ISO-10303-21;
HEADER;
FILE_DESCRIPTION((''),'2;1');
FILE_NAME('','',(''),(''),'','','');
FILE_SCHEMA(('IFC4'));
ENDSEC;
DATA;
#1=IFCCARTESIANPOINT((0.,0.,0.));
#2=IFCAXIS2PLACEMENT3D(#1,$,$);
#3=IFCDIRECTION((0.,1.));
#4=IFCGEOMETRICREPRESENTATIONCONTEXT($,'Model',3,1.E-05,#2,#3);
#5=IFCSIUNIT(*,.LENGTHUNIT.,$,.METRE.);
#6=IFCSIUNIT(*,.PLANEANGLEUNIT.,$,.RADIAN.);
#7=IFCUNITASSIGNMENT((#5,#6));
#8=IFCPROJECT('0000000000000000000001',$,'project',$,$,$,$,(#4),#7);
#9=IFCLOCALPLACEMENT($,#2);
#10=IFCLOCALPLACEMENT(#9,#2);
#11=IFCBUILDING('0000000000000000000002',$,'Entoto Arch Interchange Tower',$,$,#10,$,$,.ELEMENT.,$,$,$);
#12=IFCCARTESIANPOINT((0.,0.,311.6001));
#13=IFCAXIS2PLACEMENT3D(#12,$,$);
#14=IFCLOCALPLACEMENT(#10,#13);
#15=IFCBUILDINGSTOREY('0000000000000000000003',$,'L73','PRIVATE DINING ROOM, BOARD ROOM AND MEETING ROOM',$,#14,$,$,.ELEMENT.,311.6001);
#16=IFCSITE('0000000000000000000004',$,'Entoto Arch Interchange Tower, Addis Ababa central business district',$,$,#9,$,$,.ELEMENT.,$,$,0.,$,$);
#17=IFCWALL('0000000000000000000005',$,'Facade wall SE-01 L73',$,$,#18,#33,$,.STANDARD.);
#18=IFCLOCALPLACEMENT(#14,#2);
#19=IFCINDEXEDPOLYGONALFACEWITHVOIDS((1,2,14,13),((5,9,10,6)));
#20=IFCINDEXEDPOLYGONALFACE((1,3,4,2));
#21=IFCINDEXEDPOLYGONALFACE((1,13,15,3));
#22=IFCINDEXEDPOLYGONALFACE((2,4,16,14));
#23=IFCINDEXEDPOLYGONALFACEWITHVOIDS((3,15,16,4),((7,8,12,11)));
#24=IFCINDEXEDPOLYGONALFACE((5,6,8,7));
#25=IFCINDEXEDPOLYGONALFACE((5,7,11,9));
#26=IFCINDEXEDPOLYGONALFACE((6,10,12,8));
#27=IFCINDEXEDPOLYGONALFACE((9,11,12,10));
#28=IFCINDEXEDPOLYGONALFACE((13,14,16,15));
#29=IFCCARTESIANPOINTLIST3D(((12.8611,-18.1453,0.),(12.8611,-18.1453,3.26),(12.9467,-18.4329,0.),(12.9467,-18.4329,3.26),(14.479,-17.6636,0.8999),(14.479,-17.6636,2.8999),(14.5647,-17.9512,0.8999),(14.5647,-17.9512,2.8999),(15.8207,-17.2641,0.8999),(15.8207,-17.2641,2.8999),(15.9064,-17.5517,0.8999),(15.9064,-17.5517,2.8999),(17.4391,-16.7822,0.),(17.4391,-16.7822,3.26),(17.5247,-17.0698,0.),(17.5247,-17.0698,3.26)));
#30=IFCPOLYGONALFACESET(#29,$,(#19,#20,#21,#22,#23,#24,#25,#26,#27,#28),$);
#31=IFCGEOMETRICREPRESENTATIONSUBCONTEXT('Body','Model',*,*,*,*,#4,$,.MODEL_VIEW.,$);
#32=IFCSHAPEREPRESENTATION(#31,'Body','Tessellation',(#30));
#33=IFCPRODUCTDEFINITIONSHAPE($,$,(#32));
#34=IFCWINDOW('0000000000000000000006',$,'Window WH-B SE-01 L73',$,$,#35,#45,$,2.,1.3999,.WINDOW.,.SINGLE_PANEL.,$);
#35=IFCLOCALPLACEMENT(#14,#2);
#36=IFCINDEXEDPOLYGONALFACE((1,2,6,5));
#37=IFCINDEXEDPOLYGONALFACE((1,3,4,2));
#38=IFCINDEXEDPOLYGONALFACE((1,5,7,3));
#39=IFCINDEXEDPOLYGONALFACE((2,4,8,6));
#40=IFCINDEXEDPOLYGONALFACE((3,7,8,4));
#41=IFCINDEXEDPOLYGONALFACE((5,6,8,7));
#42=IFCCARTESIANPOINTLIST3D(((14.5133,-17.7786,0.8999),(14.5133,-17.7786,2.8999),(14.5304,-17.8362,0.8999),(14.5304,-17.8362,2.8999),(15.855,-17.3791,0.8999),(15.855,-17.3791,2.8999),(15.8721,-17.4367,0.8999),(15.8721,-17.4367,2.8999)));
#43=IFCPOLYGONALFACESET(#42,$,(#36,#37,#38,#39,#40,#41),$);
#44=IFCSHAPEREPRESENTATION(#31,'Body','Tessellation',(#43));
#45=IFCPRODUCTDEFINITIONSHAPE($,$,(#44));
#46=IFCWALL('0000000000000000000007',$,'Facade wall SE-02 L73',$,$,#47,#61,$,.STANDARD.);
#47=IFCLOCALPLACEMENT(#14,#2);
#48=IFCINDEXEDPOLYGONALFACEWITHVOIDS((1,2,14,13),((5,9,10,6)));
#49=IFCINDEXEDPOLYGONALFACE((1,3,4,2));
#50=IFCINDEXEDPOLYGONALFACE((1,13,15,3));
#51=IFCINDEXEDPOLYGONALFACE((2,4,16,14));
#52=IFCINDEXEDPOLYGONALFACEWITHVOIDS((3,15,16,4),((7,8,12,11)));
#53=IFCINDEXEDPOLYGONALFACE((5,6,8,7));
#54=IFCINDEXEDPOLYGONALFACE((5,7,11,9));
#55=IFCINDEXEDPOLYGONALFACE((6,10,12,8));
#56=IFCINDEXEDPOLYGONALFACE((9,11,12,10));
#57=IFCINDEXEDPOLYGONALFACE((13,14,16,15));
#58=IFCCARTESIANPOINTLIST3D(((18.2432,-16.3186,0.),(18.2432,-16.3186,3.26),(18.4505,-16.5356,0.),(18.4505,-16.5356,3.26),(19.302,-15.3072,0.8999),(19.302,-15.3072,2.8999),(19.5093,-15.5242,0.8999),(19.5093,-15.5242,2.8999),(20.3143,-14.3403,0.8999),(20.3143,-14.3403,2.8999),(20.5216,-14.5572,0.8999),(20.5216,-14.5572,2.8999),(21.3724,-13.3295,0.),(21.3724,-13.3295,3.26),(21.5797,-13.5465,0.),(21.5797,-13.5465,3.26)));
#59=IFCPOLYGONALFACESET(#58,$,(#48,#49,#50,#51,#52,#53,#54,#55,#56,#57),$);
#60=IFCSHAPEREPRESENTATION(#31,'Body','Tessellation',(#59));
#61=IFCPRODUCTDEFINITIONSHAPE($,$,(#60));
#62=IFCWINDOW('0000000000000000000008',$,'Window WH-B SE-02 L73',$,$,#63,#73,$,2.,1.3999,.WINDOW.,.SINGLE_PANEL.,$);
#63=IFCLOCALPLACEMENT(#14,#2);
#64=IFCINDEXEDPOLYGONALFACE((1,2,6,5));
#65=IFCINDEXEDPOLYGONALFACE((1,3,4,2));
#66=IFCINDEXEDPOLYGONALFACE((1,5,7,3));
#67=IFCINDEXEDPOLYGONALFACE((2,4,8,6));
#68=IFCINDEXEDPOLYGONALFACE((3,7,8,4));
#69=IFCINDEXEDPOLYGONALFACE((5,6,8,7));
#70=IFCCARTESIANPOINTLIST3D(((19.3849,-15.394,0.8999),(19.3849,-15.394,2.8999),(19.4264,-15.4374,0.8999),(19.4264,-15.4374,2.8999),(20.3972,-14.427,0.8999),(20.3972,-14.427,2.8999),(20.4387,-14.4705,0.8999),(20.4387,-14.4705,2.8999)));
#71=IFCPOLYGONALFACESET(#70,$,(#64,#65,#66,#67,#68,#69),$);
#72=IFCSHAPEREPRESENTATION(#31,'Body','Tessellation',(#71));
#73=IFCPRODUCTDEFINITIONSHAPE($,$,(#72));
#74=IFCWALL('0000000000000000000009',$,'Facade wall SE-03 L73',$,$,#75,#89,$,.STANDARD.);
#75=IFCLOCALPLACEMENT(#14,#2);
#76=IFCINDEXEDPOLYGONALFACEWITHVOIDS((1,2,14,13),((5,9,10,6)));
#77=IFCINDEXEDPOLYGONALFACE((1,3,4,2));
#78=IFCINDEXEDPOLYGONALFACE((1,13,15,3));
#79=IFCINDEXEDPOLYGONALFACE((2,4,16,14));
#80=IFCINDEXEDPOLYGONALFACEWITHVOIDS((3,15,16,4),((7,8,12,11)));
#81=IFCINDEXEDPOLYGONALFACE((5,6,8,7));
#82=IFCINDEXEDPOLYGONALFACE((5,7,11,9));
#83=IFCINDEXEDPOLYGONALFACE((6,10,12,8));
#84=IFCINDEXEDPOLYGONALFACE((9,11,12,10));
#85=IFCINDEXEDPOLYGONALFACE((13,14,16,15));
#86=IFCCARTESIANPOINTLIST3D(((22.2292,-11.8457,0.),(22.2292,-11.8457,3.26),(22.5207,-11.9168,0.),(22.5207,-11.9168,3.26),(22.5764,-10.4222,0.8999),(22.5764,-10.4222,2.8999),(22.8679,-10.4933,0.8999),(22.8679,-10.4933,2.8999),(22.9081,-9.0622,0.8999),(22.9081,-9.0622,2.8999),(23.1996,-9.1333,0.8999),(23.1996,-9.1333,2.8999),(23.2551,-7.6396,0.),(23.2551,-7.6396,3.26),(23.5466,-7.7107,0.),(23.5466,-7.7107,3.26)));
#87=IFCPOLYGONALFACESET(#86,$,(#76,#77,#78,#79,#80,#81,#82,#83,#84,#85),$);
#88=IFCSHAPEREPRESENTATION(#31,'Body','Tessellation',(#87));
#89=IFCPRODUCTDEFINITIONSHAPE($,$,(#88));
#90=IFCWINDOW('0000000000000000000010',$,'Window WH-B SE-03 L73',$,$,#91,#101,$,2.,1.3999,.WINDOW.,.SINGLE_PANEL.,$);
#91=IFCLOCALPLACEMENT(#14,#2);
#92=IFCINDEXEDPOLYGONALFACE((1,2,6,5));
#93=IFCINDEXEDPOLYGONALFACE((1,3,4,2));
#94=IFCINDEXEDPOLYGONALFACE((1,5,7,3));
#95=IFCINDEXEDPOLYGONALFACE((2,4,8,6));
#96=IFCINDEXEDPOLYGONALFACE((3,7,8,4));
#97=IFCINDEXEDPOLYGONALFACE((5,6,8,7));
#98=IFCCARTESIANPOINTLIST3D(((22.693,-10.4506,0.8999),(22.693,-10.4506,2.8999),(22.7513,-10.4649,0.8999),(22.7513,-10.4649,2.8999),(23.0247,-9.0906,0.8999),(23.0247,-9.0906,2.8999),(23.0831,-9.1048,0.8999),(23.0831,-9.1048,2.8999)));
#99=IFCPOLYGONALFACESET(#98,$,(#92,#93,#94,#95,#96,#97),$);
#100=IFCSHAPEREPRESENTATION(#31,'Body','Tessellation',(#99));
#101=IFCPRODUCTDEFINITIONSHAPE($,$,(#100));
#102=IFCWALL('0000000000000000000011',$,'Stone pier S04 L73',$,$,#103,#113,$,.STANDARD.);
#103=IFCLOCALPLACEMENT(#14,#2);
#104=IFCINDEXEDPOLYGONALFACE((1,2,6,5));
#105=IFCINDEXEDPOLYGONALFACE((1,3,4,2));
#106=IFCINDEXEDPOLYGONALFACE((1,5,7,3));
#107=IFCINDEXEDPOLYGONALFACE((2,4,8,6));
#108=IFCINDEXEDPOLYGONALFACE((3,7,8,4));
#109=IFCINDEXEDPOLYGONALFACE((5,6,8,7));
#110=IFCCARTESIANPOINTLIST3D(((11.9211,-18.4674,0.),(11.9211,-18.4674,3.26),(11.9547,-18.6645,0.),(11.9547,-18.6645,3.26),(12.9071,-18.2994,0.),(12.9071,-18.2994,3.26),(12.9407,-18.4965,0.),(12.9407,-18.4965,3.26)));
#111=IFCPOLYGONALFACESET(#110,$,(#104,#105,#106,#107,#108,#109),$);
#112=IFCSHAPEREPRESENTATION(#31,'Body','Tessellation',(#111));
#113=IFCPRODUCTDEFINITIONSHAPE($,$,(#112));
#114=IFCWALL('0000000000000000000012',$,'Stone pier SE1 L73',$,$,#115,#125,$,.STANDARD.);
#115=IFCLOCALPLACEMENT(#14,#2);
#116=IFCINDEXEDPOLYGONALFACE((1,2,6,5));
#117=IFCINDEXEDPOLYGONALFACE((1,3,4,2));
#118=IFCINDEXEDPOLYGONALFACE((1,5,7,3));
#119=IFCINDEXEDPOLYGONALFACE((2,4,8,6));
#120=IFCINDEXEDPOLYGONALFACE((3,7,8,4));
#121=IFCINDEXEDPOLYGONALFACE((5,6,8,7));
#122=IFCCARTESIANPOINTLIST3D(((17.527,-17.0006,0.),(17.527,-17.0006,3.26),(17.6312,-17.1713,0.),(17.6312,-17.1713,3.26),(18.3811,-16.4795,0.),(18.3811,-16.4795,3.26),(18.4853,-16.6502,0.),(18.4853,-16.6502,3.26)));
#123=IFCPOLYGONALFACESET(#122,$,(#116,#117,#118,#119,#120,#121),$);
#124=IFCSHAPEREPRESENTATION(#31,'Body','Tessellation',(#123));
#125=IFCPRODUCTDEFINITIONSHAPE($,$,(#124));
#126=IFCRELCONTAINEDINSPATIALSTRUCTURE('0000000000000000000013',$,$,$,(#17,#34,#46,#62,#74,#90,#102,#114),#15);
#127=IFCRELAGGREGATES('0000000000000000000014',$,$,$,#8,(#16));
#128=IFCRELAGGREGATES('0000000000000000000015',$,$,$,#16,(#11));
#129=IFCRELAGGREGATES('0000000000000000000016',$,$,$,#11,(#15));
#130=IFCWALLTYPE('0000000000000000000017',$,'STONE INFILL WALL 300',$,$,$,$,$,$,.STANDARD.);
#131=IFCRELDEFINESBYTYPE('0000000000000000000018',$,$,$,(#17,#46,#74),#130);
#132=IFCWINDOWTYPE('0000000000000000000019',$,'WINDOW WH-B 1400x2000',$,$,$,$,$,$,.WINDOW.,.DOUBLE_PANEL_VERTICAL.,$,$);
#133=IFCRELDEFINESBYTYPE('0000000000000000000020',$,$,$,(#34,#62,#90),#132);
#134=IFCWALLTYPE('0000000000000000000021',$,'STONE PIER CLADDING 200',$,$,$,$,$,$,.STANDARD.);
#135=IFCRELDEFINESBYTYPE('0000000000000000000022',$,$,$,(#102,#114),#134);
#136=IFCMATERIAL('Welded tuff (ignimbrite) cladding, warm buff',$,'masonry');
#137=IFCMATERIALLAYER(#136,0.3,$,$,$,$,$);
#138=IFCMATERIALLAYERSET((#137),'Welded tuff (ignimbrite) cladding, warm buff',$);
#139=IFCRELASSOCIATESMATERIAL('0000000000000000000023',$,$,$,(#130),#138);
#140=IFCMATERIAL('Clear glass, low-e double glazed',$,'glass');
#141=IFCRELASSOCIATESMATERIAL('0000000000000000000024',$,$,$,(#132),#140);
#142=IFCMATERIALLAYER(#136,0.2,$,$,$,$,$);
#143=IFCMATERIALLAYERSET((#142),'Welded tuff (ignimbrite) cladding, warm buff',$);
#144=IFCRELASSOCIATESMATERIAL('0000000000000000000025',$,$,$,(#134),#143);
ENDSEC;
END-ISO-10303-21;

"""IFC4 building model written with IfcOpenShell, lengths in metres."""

from ifc_helpers import new_model, si_unit, direction, frame, frame_2d, origin, place, context, subcontext, project, spatial, rectangle, extrude, material, layer, layer_set, type_object, element, fill, save


model = new_model("IFC4")

# Units and contexts
model_context = context("Model", 3, precision=1e-05, world=origin(), true_north=direction((0.0, 1.0)))
body_context = subcontext(model_context, "Body", "Model", "MODEL_VIEW")
ifc_project = project(units=[si_unit("LENGTHUNIT", "METRE"), si_unit("PLANEANGLEUNIT", "RADIAN")], contexts=[model_context])

# Site, building, storey
site_placement = place(None, origin())
site = spatial("IfcSite", under=ifc_project, at=site_placement, Name="Entoto Arch Interchange Tower, Addis Ababa central business district", CompositionType="ELEMENT", RefElevation=0.0)
building_placement = place(site_placement, origin())
building = spatial("IfcBuilding", under=site, at=building_placement, Name="Entoto Arch Interchange Tower", CompositionType="ELEMENT")
storey_placement = place(building_placement, frame((0.0, 0.0, 311.6001)))
storey = spatial("IfcBuildingStorey", under=building, at=storey_placement, Name="L73", Description="PRIVATE DINING ROOM, BOARD ROOM AND MEETING ROOM", CompositionType="ELEMENT", Elevation=311.6001)

# Walls, openings, windows
ifc_material_1 = material(Name="Welded tuff (ignimbrite) cladding, warm buff", Category="masonry")
ifc_layer_1 = layer(ifc_material_1, 0.3)
ifc_layer_set_1 = layer_set([ifc_layer_1], Name="Welded tuff (ignimbrite) cladding, warm buff")
wall_type_1 = type_object("IfcWallType", Name="STONE INFILL WALL 300", PredefinedType="STANDARD", material=ifc_layer_set_1)
ifc_material_2 = material(Name="Clear glass, low-e double glazed", Category="glass")
window_type = type_object("IfcWindowType", Name="WINDOW WH-B 1400x2000", PartitioningType="DOUBLE_PANEL_VERTICAL", PredefinedType="WINDOW", material=ifc_material_2)
wall_1_placement = place(storey_placement, frame((12.9041, -18.2891, 0.0), z_axis=(0.0, 0.0, 1.0), x_axis=(0.958419, 0.285364, 0.0)))
wall_1 = element("IfcWall", 1, at=wall_1_placement, inside=storey, type_object=wall_type_1, Name="Facade wall SE-01 L73", PredefinedType="STANDARD", context=body_context, shape_type="SweptSolid", body=[
    extrude(rectangle(XDim=4.7766, YDim=0.3, at=frame_2d((2.3882, 0.0))), origin(), (0.0, 0.0, 1.0), 3.26),
])
opening_1_placement = place(wall_1_placement, frame((1.688, 0.0, 0.8999)))
opening_1 = element("IfcOpeningElement", 2, at=opening_1_placement, cuts=wall_1, PredefinedType="OPENING", context=body_context, shape_type="SweptSolid", body=[
    extrude(rectangle(XDim=1.3999, YDim=2.0, at=frame_2d((0.7, 1.0))), frame((0.0, 0.1602, 0.0), z_axis=(0.0, -1.0, 0.0), x_axis=(1.0, 0.0, 0.0)), (0.0, 0.0, 1.0), 0.3201),
])
window_1_placement = place(opening_1_placement, origin())
window_1 = element("IfcWindow", 3, at=window_1_placement, inside=storey, type_object=window_type, Name="Window WH-B SE-01 L73", OverallHeight=2.0, OverallWidth=1.3999, PartitioningType="SINGLE_PANEL", PredefinedType="WINDOW", context=body_context, shape_type="SweptSolid", body=[
    extrude(rectangle(XDim=1.3999, YDim=2.0, at=frame_2d((0.7, 1.0))), frame((0.0, 0.03, 0.0), z_axis=(0.0, -1.0, 0.0), x_axis=(1.0, 0.0, 0.0)), (0.0, 0.0, 1.0), 0.0601),
])
fill(opening_1, window_1)
wall_2_placement = place(storey_placement, frame((18.3469, -16.427, 0.0), z_axis=(0.0, 0.0, 1.0), x_axis=(0.723113, 0.690729, 0.0)))
wall_2 = element("IfcWall", 4, at=wall_2_placement, inside=storey, type_object=wall_type_1, Name="Facade wall SE-02 L73", PredefinedType="STANDARD", context=body_context, shape_type="SweptSolid", body=[
    extrude(rectangle(XDim=4.3274, YDim=0.3, at=frame_2d((2.1636, 0.0))), origin(), (0.0, 0.0, 1.0), 3.26),
])
opening_2_placement = place(wall_2_placement, frame((1.4641, 0.0, 0.8999)))
opening_2 = element("IfcOpeningElement", 5, at=opening_2_placement, cuts=wall_2, PredefinedType="OPENING", context=body_context, shape_type="SweptSolid", body=[
    extrude(rectangle(XDim=1.3999, YDim=2.0, at=frame_2d((0.7, 1.0))), frame((0.0, 0.1602, 0.0), z_axis=(0.0, -1.0, 0.0), x_axis=(1.0, 0.0, 0.0)), (0.0, 0.0, 1.0), 0.3201),
])
window_2_placement = place(opening_2_placement, origin())
window_2 = element("IfcWindow", 6, at=window_2_placement, inside=storey, type_object=window_type, Name="Window WH-B SE-02 L73", OverallHeight=2.0, OverallWidth=1.3999, PartitioningType="SINGLE_PANEL", PredefinedType="WINDOW", context=body_context, shape_type="SweptSolid", body=[
    extrude(rectangle(XDim=1.3999, YDim=2.0, at=frame_2d((0.7, 1.0))), frame((0.0, 0.03, 0.0), z_axis=(0.0, -1.0, 0.0), x_axis=(1.0, 0.0, 0.0)), (0.0, 0.0, 1.0), 0.0601),
])
fill(opening_2, window_2)
wall_3_placement = place(storey_placement, frame((22.375, -11.8811, 0.0), z_axis=(0.0, 0.0, 1.0), x_axis=(0.236959, 0.97152, 0.0)))
wall_3 = element("IfcWall", 7, at=wall_3_placement, inside=storey, type_object=wall_type_1, Name="Facade wall SE-03 L73", PredefinedType="STANDARD", context=body_context, shape_type="SweptSolid", body=[
    extrude(rectangle(XDim=4.3293, YDim=0.3, at=frame_2d((2.1646, 0.0))), origin(), (0.0, 0.0, 1.0), 3.26),
])
opening_3_placement = place(wall_3_placement, frame((1.4651, 0.0, 0.8999)))
opening_3 = element("IfcOpeningElement", 8, at=opening_3_placement, cuts=wall_3, PredefinedType="OPENING", context=body_context, shape_type="SweptSolid", body=[
    extrude(rectangle(XDim=1.3999, YDim=2.0, at=frame_2d((0.7, 1.0))), frame((0.0, 0.1602, 0.0), z_axis=(0.0, -1.0, 0.0), x_axis=(1.0, 0.0, 0.0)), (0.0, 0.0, 1.0), 0.3201),
])
window_3_placement = place(opening_3_placement, origin())
window_3 = element("IfcWindow", 9, at=window_3_placement, inside=storey, type_object=window_type, Name="Window WH-B SE-03 L73", OverallHeight=2.0, OverallWidth=1.3999, PartitioningType="SINGLE_PANEL", PredefinedType="WINDOW", context=body_context, shape_type="SweptSolid", body=[
    extrude(rectangle(XDim=1.3999, YDim=2.0, at=frame_2d((0.7, 1.0))), frame((0.0, 0.03, 0.0), z_axis=(0.0, -1.0, 0.0), x_axis=(1.0, 0.0, 0.0)), (0.0, 0.0, 1.0), 0.0601),
])
fill(opening_3, window_3)

# Walls
ifc_layer_2 = layer(ifc_material_1, 0.2)
ifc_layer_set_2 = layer_set([ifc_layer_2], Name="Welded tuff (ignimbrite) cladding, warm buff")
wall_type_2 = type_object("IfcWallType", Name="STONE PIER CLADDING 200", PredefinedType="STANDARD", material=ifc_layer_set_2)
wall_4_placement = place(storey_placement, frame((11.938, -18.5659, 0.0), z_axis=(0.0, 0.0, 1.0), x_axis=(0.985801, 0.16792, 0.0)))
element("IfcWall", 10, at=wall_4_placement, inside=storey, type_object=wall_type_2, Name="Stone pier S04 L73", PredefinedType="STANDARD", context=body_context, shape_type="SweptSolid", body=[
    extrude(rectangle(XDim=1.0002, YDim=0.2, at=frame_2d((0.5, 0.0))), origin(), (0.0, 0.0, 1.0), 3.26),
])
wall_5_placement = place(storey_placement, frame((17.5791, -17.0859, 0.0), z_axis=(0.0, 0.0, 1.0), x_axis=(0.85368, 0.520798, 0.0)))
element("IfcWall", 11, at=wall_5_placement, inside=storey, type_object=wall_type_2, Name="Stone pier SE1 L73", PredefinedType="STANDARD", context=body_context, shape_type="SweptSolid", body=[
    extrude(rectangle(XDim=1.0005, YDim=0.2, at=frame_2d((0.5002, 0.0))), origin(), (0.0, 0.0, 1.0), 3.26),
])

save(model, "model.ifc")
